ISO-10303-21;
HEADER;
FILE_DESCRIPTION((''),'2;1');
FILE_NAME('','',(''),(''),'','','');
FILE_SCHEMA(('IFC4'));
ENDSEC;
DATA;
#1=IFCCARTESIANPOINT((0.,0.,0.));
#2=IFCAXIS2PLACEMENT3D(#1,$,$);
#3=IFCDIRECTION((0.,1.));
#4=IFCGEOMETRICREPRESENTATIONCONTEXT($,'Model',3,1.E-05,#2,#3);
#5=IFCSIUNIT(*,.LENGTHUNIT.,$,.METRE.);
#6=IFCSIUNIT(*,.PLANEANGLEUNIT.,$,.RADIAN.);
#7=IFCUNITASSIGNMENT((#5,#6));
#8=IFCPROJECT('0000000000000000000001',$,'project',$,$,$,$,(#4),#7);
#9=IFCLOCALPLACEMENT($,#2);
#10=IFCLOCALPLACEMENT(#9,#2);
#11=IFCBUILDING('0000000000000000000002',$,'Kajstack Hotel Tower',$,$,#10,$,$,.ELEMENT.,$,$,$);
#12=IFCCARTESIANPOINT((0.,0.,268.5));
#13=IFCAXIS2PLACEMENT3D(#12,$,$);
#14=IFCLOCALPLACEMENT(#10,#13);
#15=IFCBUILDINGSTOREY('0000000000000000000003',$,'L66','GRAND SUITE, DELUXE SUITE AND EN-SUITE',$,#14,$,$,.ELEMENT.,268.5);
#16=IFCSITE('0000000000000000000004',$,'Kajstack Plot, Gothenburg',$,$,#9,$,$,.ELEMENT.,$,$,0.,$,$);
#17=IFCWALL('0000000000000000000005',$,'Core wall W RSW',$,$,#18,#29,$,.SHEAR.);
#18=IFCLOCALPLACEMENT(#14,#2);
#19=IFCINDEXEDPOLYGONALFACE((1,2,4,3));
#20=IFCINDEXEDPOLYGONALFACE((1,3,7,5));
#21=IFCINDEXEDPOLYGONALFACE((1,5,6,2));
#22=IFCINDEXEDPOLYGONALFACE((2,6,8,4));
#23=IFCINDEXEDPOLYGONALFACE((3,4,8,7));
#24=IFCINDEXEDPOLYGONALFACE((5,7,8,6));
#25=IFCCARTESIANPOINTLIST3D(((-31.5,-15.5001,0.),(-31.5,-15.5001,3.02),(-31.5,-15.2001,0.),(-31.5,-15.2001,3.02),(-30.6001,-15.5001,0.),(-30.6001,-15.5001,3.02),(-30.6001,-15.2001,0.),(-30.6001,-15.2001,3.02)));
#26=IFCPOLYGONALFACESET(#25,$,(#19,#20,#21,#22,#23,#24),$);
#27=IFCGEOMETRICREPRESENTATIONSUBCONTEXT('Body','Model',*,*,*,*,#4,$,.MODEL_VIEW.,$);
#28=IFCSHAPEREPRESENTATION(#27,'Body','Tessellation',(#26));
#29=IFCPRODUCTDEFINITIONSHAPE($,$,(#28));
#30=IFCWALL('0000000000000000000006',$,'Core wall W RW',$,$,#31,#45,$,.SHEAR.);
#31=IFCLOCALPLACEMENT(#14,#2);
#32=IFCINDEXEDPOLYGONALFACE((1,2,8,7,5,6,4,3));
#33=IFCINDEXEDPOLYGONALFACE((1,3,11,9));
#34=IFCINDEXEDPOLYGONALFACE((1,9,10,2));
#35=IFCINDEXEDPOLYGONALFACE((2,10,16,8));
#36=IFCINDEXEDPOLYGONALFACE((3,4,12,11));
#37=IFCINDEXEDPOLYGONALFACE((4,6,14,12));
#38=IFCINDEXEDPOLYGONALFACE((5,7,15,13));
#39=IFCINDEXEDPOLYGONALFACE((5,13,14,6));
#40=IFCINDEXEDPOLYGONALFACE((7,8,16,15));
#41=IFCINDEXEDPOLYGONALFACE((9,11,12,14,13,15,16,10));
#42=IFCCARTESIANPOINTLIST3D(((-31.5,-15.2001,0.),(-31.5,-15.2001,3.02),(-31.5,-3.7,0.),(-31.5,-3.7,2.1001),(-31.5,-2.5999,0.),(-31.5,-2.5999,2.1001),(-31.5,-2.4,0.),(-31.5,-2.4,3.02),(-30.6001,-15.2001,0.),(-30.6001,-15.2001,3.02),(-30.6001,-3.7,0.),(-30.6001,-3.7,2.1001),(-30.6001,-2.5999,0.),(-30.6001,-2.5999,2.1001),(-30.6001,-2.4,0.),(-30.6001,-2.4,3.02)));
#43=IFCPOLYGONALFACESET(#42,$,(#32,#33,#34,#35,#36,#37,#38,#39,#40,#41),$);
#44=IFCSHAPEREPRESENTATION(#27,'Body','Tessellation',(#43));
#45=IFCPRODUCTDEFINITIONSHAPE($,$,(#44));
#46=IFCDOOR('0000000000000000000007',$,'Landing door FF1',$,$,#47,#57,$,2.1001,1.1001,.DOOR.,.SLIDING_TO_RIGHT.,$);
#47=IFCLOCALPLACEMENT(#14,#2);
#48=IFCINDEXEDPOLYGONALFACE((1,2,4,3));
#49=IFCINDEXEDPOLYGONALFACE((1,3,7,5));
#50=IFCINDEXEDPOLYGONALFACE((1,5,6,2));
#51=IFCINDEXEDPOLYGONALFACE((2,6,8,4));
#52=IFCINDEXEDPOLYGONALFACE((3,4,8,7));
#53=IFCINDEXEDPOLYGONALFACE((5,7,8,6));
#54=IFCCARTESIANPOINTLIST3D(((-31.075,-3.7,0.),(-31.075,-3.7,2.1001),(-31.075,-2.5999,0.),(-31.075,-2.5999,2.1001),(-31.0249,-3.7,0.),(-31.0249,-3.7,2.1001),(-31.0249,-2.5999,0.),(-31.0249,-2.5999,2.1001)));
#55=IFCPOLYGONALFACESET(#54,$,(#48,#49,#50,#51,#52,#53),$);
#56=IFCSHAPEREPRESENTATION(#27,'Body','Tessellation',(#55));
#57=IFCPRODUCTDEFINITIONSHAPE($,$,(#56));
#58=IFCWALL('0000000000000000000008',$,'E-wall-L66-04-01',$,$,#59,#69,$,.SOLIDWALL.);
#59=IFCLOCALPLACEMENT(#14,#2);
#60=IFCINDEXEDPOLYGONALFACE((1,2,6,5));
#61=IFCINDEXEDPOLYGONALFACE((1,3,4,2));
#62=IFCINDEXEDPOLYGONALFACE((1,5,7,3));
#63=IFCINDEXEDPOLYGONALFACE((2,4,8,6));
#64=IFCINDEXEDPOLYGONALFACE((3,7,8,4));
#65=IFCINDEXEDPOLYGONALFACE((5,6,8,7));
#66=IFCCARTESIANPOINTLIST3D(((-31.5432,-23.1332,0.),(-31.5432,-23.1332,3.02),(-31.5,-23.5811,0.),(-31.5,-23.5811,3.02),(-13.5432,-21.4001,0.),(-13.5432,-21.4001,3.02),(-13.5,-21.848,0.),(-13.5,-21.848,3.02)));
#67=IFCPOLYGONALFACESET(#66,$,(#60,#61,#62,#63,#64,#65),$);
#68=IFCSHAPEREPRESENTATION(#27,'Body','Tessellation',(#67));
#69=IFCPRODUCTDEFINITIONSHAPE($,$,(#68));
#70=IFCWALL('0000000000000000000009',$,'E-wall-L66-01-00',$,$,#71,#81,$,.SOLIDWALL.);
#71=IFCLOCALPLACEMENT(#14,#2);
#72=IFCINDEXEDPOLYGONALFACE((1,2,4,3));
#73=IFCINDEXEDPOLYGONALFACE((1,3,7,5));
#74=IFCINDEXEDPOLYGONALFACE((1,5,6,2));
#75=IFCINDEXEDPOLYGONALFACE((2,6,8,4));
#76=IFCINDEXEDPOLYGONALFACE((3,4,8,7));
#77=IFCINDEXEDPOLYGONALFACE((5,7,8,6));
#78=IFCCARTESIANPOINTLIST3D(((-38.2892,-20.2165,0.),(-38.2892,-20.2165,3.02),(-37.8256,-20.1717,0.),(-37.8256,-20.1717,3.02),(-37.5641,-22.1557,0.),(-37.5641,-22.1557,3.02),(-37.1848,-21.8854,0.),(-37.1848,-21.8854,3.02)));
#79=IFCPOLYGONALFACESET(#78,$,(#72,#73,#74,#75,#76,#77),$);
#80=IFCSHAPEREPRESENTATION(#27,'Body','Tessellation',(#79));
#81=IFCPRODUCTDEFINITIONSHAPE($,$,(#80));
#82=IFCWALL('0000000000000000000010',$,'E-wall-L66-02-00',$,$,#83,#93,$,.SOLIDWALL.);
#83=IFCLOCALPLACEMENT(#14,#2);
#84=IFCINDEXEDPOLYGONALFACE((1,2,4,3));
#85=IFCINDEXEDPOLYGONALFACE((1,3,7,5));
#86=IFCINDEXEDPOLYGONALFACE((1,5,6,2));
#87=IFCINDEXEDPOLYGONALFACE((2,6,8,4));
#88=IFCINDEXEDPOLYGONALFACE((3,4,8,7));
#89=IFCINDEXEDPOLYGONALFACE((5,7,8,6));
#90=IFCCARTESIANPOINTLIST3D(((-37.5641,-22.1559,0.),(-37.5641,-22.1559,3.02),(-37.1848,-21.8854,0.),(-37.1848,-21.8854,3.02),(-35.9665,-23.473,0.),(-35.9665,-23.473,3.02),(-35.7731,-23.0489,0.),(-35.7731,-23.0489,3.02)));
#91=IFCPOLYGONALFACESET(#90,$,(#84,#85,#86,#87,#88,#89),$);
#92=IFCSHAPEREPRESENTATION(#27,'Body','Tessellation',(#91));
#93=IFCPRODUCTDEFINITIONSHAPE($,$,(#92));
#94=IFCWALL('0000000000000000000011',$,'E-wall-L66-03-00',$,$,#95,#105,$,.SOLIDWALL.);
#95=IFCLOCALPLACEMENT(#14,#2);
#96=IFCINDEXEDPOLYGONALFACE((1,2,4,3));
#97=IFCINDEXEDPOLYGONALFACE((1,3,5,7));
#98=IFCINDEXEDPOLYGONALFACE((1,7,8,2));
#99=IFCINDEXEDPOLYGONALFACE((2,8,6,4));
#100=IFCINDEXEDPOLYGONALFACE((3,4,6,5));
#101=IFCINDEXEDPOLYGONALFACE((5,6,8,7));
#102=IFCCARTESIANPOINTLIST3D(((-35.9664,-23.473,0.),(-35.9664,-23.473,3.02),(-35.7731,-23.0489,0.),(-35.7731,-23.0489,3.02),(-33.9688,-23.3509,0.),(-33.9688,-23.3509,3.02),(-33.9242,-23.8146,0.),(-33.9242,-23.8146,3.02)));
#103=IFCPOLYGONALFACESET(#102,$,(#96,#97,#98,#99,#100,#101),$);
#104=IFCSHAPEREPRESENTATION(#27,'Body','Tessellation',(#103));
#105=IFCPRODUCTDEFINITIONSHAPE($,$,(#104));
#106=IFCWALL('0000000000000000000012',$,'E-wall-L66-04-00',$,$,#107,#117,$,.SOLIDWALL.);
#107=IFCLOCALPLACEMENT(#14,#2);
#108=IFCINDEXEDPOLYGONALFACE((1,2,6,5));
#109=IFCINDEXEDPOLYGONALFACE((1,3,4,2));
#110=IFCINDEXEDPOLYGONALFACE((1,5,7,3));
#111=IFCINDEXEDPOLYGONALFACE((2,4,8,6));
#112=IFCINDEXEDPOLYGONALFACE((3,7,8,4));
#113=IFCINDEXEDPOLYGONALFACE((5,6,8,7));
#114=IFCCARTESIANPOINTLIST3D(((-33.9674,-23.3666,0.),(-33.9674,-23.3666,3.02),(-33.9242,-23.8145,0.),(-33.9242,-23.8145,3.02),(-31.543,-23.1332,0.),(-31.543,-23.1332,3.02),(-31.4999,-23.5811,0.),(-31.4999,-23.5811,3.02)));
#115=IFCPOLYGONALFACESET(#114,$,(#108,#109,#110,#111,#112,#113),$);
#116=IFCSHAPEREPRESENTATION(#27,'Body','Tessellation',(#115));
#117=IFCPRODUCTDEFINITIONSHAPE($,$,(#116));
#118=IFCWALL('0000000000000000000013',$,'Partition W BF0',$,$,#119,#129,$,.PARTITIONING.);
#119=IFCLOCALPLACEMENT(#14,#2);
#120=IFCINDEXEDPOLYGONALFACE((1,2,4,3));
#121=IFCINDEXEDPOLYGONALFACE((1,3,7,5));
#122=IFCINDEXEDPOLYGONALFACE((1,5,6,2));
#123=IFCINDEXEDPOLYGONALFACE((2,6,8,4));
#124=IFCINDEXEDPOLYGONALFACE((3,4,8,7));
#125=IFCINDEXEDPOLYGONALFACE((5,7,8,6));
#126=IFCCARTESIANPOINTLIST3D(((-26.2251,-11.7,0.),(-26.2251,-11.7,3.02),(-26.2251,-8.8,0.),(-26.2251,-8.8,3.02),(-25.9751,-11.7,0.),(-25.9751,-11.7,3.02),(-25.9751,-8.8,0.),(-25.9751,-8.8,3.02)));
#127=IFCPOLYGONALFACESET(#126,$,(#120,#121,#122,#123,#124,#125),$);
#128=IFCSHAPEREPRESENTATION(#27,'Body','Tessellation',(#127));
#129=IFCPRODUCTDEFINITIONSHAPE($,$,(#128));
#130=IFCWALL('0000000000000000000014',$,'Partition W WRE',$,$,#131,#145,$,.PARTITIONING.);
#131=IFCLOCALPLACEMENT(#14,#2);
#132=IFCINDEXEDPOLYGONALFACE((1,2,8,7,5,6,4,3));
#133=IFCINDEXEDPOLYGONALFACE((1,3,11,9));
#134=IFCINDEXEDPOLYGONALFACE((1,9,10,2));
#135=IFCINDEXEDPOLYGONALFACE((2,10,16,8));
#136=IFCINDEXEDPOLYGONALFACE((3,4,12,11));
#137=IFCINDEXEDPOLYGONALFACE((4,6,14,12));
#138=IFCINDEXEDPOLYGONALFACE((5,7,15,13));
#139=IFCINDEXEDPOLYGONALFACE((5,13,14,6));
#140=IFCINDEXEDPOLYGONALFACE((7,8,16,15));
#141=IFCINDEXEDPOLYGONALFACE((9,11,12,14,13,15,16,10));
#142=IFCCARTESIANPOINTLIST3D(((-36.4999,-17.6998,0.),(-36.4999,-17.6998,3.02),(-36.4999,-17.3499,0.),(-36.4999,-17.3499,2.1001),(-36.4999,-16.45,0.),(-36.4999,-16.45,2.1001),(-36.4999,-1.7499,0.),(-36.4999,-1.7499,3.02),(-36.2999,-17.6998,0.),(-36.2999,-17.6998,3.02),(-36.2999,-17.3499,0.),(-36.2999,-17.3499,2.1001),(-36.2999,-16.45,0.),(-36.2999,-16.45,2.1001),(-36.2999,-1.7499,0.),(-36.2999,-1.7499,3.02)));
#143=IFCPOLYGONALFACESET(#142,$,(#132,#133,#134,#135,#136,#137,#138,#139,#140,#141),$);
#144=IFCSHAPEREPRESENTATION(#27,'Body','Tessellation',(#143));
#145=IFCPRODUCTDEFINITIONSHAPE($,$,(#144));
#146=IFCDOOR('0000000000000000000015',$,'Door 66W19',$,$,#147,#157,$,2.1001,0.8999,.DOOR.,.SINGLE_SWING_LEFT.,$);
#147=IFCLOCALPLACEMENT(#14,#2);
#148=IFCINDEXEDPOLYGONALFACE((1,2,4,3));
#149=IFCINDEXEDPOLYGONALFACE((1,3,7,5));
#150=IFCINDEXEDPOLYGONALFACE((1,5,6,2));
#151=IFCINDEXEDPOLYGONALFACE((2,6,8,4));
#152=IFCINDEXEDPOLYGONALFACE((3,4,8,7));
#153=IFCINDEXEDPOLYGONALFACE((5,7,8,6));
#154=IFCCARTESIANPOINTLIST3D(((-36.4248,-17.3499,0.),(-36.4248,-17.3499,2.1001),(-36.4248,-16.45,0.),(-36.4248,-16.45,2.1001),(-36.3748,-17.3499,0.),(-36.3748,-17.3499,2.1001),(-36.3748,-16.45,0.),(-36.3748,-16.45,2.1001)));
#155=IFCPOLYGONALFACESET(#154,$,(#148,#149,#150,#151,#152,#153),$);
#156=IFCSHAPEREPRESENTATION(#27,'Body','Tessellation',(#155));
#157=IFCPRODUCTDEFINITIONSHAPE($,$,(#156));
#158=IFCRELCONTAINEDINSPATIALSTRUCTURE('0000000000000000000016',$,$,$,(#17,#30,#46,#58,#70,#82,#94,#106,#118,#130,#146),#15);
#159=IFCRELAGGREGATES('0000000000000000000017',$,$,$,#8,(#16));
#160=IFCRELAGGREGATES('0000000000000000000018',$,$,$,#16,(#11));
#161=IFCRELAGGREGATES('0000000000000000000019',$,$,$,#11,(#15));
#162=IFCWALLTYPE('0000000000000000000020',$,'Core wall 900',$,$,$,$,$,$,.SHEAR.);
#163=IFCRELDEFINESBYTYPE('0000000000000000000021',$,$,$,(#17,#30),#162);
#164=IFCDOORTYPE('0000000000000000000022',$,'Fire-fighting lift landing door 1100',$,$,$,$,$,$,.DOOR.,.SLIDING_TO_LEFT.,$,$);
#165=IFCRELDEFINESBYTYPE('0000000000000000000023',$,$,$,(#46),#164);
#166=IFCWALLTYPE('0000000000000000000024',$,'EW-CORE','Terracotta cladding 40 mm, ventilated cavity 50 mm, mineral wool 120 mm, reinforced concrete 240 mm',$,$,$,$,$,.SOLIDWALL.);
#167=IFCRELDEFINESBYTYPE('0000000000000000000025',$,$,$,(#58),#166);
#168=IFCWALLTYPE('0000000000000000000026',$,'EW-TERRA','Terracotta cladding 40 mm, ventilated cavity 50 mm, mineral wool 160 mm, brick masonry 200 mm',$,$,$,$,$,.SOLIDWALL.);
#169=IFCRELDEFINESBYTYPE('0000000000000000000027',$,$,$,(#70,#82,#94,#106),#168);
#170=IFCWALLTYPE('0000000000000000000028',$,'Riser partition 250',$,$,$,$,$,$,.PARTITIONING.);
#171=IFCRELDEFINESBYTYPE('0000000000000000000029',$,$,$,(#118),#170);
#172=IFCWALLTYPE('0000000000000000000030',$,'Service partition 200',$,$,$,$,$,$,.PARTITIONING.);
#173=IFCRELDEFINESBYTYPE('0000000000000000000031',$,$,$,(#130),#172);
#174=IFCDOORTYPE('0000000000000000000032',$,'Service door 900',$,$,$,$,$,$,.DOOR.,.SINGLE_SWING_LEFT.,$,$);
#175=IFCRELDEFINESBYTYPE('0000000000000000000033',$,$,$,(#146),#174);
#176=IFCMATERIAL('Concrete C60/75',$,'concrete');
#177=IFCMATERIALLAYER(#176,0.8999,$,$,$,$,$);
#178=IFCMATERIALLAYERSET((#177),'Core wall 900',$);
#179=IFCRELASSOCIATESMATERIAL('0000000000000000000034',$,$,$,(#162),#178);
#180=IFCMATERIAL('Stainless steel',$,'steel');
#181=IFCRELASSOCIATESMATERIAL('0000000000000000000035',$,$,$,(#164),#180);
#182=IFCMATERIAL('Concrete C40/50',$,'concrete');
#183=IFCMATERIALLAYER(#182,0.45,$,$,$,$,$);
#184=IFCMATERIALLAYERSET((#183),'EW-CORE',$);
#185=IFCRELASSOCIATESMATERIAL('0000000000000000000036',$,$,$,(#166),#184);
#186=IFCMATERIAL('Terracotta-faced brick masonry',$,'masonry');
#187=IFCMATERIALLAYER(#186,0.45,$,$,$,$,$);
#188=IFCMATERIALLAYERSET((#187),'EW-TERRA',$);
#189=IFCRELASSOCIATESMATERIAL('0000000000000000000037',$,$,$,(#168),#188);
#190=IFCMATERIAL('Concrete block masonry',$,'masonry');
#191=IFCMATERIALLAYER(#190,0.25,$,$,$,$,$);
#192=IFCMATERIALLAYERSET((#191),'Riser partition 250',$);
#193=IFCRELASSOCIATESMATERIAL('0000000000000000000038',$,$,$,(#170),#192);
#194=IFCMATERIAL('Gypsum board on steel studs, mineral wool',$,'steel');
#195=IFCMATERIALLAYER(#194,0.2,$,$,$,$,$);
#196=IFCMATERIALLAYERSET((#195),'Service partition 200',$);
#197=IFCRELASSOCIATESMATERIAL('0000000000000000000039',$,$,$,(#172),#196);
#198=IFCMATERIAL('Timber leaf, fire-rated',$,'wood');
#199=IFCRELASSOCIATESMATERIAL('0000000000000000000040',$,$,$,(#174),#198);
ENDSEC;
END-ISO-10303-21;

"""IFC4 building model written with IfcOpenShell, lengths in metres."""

from ifc_helpers import new_model, si_unit, direction, frame, frame_2d, origin, place, context, subcontext, project, spatial, polyline, rectangle, outline, extrude, material, layer, layer_set, type_object, element, fill, save


model = new_model("IFC4")

# Units and contexts
model_context = context("Model", 3, precision=1e-05, world=origin(), true_north=direction((0.0, 1.0)))
body_context = subcontext(model_context, "Body", "Model", "MODEL_VIEW")
ifc_project = project(units=[si_unit("LENGTHUNIT", "METRE"), si_unit("PLANEANGLEUNIT", "RADIAN")], contexts=[model_context])

# Site, building, storey
site_placement = place(None, origin())
site = spatial("IfcSite", under=ifc_project, at=site_placement, Name="Kajstack Plot, Gothenburg", CompositionType="ELEMENT", RefElevation=0.0)
building_placement = place(site_placement, origin())
building = spatial("IfcBuilding", under=site, at=building_placement, Name="Kajstack Hotel Tower", CompositionType="ELEMENT")
storey_placement = place(building_placement, frame((0.0, 0.0, 268.5)))
storey = spatial("IfcBuildingStorey", under=building, at=storey_placement, Name="L66", Description="GRAND SUITE, DELUXE SUITE AND EN-SUITE", CompositionType="ELEMENT", Elevation=268.5)

# Wall
ifc_material_1 = material(Name="Concrete C60/75", Category="concrete")
ifc_layer_1 = layer(ifc_material_1, 0.8999)
ifc_layer_set_1 = layer_set([ifc_layer_1], Name="Core wall 900")
wall_type_1 = type_object("IfcWallType", Name="Core wall 900", PredefinedType="SHEAR", material=ifc_layer_set_1)
wall_1_placement = place(storey_placement, frame((-31.5, -15.3501, 0.0), z_axis=(0.0, 0.0, 1.0), x_axis=(1.0, 0.0, 0.0)))
element("IfcWall", 1, at=wall_1_placement, inside=storey, type_object=wall_type_1, Name="Core wall W RSW", PredefinedType="SHEAR", context=body_context, shape_type="SweptSolid", body=[
    extrude(rectangle(XDim=0.8999, YDim=0.3, at=frame_2d((0.45, 0.0))), origin(), (0.0, 0.0, 1.0), 3.02),
])

# Wall, opening, door
wall_2_placement = place(storey_placement, frame((-31.05, -15.2, 0.0), z_axis=(0.0, 0.0, 1.0), x_axis=(0.0, 1.0, 0.0)))
wall_2 = element("IfcWall", 2, at=wall_2_placement, inside=storey, type_object=wall_type_1, Name="Core wall W RW", PredefinedType="SHEAR", context=body_context, shape_type="SweptSolid", body=[
    extrude(rectangle(XDim=12.8, YDim=0.8999, at=frame_2d((6.3999, 0.0))), origin(), (0.0, 0.0, 1.0), 3.02),
])
opening_1_placement = place(wall_2_placement, frame((11.5, 0.0, 0.0)))
opening_1 = element("IfcOpeningElement", 3, at=opening_1_placement, cuts=wall_2, PredefinedType="OPENING", context=body_context, shape_type="SweptSolid", body=[
    extrude(rectangle(XDim=1.1001, YDim=2.1001, at=frame_2d((0.55, 1.05))), frame((0.0, 0.46, 0.0), z_axis=(0.0, -1.0, 0.0), x_axis=(1.0, 0.0, 0.0)), (0.0, 0.0, 1.0), 0.9199),
])
ifc_material_2 = material(Name="Stainless steel", Category="steel")
door_type_1 = type_object("IfcDoorType", Name="Fire-fighting lift landing door 1100", OperationType="SLIDING_TO_LEFT", PredefinedType="DOOR", material=ifc_material_2)
door_1_placement = place(opening_1_placement, origin())
door_1 = element("IfcDoor", 4, at=door_1_placement, inside=storey, type_object=door_type_1, Name="Landing door FF1", OperationType="SLIDING_TO_RIGHT", OverallHeight=2.1001, OverallWidth=1.1001, PredefinedType="DOOR", context=body_context, shape_type="SweptSolid", body=[
    extrude(rectangle(XDim=1.1001, YDim=2.1001, at=frame_2d((0.55, 1.05))), frame((0.0, 0.0249, 0.0), z_axis=(0.0, -1.0, 0.0), x_axis=(1.0, 0.0, 0.0)), (0.0, 0.0, 1.0), 0.05),
])
fill(opening_1, door_1)

# Walls
ifc_material_3 = material(Name="Concrete C40/50", Category="concrete")
ifc_layer_2 = layer(ifc_material_3, 0.45)
ifc_layer_set_2 = layer_set([ifc_layer_2], Name="EW-CORE")
wall_type_2 = type_object("IfcWallType", Name="EW-CORE", Description="Terracotta cladding 40 mm, ventilated cavity 50 mm, mineral wool 120 mm, reinforced concrete 240 mm", PredefinedType="SOLIDWALL", material=ifc_layer_set_2)
wall_3_placement = place(storey_placement, frame((-31.5215, -23.3572, 0.0), z_axis=(0.0, 0.0, 1.0), x_axis=(0.995396, 0.095843, 0.0)))
element("IfcWall", 5, at=wall_3_placement, inside=storey, type_object=wall_type_2, Name="E-wall-L66-04-01", PredefinedType="SOLIDWALL", context=body_context, shape_type="SweptSolid", body=[
    extrude(rectangle(XDim=18.0833, YDim=0.45, at=frame_2d((9.0415, 0.0))), origin(), (0.0, 0.0, 1.0), 3.02),
])
ifc_material_4 = material(Name="Terracotta-faced brick masonry", Category="masonry")
ifc_layer_3 = layer(ifc_material_4, 0.45)
ifc_layer_set_3 = layer_set([ifc_layer_3], Name="EW-TERRA")
wall_type_3 = type_object("IfcWallType", Name="EW-TERRA", Description="Terracotta cladding 40 mm, ventilated cavity 50 mm, mineral wool 160 mm, brick masonry 200 mm", PredefinedType="SOLIDWALL", material=ifc_layer_set_3)
wall_4_placement = place(storey_placement, frame((-38.0784, -20.1377, 0.0), z_axis=(0.0, 0.0, 1.0), x_axis=(0.350232, -0.936663, 0.0)))
element("IfcWall", 6, at=wall_4_placement, inside=storey, type_object=wall_type_3, Name="E-wall-L66-01-00", PredefinedType="SOLIDWALL", context=body_context, shape_type="SweptSolid", body=[
    extrude(outline(polyline([(0.0, -0.2251), (2.0703, -0.2251), (1.95, 0.2249), (0.1204, 0.2249), (0.0, -0.2251)])), origin(), (0.0, 0.0, 1.0), 3.02),
])
wall_5_placement = place(storey_placement, frame((-37.4209, -21.9822, 0.0), z_axis=(0.0, 0.0, 1.0), x_axis=(0.771593, -0.636116, 0.0)))
element("IfcWall", 7, at=wall_5_placement, inside=storey, type_object=wall_type_3, Name="E-wall-L66-02-00", PredefinedType="SOLIDWALL", context=body_context, shape_type="SweptSolid", body=[
    extrude(outline(polyline([(0.0, -0.2251), (2.0706, -0.2251), (1.95, 0.2251), (0.1206, 0.2249), (0.0, -0.2251)])), origin(), (0.0, 0.0, 1.0), 3.02),
])
wall_6_placement = place(storey_placement, frame((-35.9292, -23.251, 0.0), z_axis=(0.0, 0.0, 1.0), x_axis=(0.986279, -0.165087, 0.0)))
element("IfcWall", 8, at=wall_6_placement, inside=storey, type_object=wall_type_3, Name="E-wall-L66-03-00", PredefinedType="SOLIDWALL", context=body_context, shape_type="SweptSolid", body=[
    extrude(outline(polyline([(0.0, -0.2251), (2.0706, -0.2249), (1.95, 0.2251), (0.1206, 0.2251), (0.0, -0.2251)])), origin(), (0.0, 0.0, 1.0), 3.02),
])
wall_7_placement = place(storey_placement, frame((-33.9458, -23.5906, 0.0), z_axis=(0.0, 0.0, 1.0), x_axis=(0.995398, 0.095831, 0.0)))
element("IfcWall", 9, at=wall_7_placement, inside=storey, type_object=wall_type_3, Name="E-wall-L66-04-00", PredefinedType="SOLIDWALL", context=body_context, shape_type="SweptSolid", body=[
    extrude(rectangle(XDim=2.4355, YDim=0.45, at=frame_2d((1.2178, 0.0))), origin(), (0.0, 0.0, 1.0), 3.02),
])
ifc_material_5 = material(Name="Concrete block masonry", Category="masonry")
ifc_layer_4 = layer(ifc_material_5, 0.25)
ifc_layer_set_4 = layer_set([ifc_layer_4], Name="Riser partition 250")
wall_type_4 = type_object("IfcWallType", Name="Riser partition 250", PredefinedType="PARTITIONING", material=ifc_layer_set_4)
wall_8_placement = place(storey_placement, frame((-26.1001, -11.7, 0.0), z_axis=(0.0, 0.0, 1.0), x_axis=(0.0, 1.0, 0.0)))
element("IfcWall", 10, at=wall_8_placement, inside=storey, type_object=wall_type_4, Name="Partition W BF0", PredefinedType="PARTITIONING", context=body_context, shape_type="SweptSolid", body=[
    extrude(rectangle(XDim=2.8999, YDim=0.25, at=frame_2d((1.45, 0.0))), origin(), (0.0, 0.0, 1.0), 3.02),
])

# Wall, opening, door
ifc_material_6 = material(Name="Gypsum board on steel studs, mineral wool", Category="steel")
ifc_layer_5 = layer(ifc_material_6, 0.2)
ifc_layer_set_5 = layer_set([ifc_layer_5], Name="Service partition 200")
wall_type_5 = type_object("IfcWallType", Name="Service partition 200", PredefinedType="PARTITIONING", material=ifc_layer_set_5)
wall_9_placement = place(storey_placement, frame((-36.3999, -17.7, 0.0), z_axis=(0.0, 0.0, 1.0), x_axis=(0.0, 1.0, 0.0)))
wall_9 = element("IfcWall", 11, at=wall_9_placement, inside=storey, type_object=wall_type_5, Name="Partition W WRE", PredefinedType="PARTITIONING", context=body_context, shape_type="SweptSolid", body=[
    extrude(rectangle(XDim=15.95, YDim=0.2, at=frame_2d((7.9751, 0.0))), origin(), (0.0, 0.0, 1.0), 3.02),
])
opening_2_placement = place(wall_9_placement, frame((0.3501, 0.0, 0.0)))
opening_2 = element("IfcOpeningElement", 12, at=opening_2_placement, cuts=wall_9, PredefinedType="OPENING", context=body_context, shape_type="SweptSolid", body=[
    extrude(rectangle(XDim=0.8999, YDim=2.1001, at=frame_2d((0.45, 1.05))), frame((0.0, 0.1099, 0.0), z_axis=(0.0, -1.0, 0.0), x_axis=(1.0, 0.0, 0.0)), (0.0, 0.0, 1.0), 0.22),
])
ifc_material_7 = material(Name="Timber leaf, fire-rated", Category="wood")
door_type_2 = type_object("IfcDoorType", Name="Service door 900", OperationType="SINGLE_SWING_LEFT", PredefinedType="DOOR", material=ifc_material_7)
door_2_placement = place(opening_2_placement, origin())
door_2 = element("IfcDoor", 13, at=door_2_placement, inside=storey, type_object=door_type_2, Name="Door 66W19", OperationType="SINGLE_SWING_LEFT", OverallHeight=2.1001, OverallWidth=0.8999, PredefinedType="DOOR", context=body_context, shape_type="SweptSolid", body=[
    extrude(rectangle(XDim=0.8999, YDim=2.1001, at=frame_2d((0.45, 1.05))), frame((0.0, 0.0249, 0.0), z_axis=(0.0, -1.0, 0.0), x_axis=(1.0, 0.0, 0.0)), (0.0, 0.0, 1.0), 0.05),
])
fill(opening_2, door_2)

save(model, "model.ifc")
